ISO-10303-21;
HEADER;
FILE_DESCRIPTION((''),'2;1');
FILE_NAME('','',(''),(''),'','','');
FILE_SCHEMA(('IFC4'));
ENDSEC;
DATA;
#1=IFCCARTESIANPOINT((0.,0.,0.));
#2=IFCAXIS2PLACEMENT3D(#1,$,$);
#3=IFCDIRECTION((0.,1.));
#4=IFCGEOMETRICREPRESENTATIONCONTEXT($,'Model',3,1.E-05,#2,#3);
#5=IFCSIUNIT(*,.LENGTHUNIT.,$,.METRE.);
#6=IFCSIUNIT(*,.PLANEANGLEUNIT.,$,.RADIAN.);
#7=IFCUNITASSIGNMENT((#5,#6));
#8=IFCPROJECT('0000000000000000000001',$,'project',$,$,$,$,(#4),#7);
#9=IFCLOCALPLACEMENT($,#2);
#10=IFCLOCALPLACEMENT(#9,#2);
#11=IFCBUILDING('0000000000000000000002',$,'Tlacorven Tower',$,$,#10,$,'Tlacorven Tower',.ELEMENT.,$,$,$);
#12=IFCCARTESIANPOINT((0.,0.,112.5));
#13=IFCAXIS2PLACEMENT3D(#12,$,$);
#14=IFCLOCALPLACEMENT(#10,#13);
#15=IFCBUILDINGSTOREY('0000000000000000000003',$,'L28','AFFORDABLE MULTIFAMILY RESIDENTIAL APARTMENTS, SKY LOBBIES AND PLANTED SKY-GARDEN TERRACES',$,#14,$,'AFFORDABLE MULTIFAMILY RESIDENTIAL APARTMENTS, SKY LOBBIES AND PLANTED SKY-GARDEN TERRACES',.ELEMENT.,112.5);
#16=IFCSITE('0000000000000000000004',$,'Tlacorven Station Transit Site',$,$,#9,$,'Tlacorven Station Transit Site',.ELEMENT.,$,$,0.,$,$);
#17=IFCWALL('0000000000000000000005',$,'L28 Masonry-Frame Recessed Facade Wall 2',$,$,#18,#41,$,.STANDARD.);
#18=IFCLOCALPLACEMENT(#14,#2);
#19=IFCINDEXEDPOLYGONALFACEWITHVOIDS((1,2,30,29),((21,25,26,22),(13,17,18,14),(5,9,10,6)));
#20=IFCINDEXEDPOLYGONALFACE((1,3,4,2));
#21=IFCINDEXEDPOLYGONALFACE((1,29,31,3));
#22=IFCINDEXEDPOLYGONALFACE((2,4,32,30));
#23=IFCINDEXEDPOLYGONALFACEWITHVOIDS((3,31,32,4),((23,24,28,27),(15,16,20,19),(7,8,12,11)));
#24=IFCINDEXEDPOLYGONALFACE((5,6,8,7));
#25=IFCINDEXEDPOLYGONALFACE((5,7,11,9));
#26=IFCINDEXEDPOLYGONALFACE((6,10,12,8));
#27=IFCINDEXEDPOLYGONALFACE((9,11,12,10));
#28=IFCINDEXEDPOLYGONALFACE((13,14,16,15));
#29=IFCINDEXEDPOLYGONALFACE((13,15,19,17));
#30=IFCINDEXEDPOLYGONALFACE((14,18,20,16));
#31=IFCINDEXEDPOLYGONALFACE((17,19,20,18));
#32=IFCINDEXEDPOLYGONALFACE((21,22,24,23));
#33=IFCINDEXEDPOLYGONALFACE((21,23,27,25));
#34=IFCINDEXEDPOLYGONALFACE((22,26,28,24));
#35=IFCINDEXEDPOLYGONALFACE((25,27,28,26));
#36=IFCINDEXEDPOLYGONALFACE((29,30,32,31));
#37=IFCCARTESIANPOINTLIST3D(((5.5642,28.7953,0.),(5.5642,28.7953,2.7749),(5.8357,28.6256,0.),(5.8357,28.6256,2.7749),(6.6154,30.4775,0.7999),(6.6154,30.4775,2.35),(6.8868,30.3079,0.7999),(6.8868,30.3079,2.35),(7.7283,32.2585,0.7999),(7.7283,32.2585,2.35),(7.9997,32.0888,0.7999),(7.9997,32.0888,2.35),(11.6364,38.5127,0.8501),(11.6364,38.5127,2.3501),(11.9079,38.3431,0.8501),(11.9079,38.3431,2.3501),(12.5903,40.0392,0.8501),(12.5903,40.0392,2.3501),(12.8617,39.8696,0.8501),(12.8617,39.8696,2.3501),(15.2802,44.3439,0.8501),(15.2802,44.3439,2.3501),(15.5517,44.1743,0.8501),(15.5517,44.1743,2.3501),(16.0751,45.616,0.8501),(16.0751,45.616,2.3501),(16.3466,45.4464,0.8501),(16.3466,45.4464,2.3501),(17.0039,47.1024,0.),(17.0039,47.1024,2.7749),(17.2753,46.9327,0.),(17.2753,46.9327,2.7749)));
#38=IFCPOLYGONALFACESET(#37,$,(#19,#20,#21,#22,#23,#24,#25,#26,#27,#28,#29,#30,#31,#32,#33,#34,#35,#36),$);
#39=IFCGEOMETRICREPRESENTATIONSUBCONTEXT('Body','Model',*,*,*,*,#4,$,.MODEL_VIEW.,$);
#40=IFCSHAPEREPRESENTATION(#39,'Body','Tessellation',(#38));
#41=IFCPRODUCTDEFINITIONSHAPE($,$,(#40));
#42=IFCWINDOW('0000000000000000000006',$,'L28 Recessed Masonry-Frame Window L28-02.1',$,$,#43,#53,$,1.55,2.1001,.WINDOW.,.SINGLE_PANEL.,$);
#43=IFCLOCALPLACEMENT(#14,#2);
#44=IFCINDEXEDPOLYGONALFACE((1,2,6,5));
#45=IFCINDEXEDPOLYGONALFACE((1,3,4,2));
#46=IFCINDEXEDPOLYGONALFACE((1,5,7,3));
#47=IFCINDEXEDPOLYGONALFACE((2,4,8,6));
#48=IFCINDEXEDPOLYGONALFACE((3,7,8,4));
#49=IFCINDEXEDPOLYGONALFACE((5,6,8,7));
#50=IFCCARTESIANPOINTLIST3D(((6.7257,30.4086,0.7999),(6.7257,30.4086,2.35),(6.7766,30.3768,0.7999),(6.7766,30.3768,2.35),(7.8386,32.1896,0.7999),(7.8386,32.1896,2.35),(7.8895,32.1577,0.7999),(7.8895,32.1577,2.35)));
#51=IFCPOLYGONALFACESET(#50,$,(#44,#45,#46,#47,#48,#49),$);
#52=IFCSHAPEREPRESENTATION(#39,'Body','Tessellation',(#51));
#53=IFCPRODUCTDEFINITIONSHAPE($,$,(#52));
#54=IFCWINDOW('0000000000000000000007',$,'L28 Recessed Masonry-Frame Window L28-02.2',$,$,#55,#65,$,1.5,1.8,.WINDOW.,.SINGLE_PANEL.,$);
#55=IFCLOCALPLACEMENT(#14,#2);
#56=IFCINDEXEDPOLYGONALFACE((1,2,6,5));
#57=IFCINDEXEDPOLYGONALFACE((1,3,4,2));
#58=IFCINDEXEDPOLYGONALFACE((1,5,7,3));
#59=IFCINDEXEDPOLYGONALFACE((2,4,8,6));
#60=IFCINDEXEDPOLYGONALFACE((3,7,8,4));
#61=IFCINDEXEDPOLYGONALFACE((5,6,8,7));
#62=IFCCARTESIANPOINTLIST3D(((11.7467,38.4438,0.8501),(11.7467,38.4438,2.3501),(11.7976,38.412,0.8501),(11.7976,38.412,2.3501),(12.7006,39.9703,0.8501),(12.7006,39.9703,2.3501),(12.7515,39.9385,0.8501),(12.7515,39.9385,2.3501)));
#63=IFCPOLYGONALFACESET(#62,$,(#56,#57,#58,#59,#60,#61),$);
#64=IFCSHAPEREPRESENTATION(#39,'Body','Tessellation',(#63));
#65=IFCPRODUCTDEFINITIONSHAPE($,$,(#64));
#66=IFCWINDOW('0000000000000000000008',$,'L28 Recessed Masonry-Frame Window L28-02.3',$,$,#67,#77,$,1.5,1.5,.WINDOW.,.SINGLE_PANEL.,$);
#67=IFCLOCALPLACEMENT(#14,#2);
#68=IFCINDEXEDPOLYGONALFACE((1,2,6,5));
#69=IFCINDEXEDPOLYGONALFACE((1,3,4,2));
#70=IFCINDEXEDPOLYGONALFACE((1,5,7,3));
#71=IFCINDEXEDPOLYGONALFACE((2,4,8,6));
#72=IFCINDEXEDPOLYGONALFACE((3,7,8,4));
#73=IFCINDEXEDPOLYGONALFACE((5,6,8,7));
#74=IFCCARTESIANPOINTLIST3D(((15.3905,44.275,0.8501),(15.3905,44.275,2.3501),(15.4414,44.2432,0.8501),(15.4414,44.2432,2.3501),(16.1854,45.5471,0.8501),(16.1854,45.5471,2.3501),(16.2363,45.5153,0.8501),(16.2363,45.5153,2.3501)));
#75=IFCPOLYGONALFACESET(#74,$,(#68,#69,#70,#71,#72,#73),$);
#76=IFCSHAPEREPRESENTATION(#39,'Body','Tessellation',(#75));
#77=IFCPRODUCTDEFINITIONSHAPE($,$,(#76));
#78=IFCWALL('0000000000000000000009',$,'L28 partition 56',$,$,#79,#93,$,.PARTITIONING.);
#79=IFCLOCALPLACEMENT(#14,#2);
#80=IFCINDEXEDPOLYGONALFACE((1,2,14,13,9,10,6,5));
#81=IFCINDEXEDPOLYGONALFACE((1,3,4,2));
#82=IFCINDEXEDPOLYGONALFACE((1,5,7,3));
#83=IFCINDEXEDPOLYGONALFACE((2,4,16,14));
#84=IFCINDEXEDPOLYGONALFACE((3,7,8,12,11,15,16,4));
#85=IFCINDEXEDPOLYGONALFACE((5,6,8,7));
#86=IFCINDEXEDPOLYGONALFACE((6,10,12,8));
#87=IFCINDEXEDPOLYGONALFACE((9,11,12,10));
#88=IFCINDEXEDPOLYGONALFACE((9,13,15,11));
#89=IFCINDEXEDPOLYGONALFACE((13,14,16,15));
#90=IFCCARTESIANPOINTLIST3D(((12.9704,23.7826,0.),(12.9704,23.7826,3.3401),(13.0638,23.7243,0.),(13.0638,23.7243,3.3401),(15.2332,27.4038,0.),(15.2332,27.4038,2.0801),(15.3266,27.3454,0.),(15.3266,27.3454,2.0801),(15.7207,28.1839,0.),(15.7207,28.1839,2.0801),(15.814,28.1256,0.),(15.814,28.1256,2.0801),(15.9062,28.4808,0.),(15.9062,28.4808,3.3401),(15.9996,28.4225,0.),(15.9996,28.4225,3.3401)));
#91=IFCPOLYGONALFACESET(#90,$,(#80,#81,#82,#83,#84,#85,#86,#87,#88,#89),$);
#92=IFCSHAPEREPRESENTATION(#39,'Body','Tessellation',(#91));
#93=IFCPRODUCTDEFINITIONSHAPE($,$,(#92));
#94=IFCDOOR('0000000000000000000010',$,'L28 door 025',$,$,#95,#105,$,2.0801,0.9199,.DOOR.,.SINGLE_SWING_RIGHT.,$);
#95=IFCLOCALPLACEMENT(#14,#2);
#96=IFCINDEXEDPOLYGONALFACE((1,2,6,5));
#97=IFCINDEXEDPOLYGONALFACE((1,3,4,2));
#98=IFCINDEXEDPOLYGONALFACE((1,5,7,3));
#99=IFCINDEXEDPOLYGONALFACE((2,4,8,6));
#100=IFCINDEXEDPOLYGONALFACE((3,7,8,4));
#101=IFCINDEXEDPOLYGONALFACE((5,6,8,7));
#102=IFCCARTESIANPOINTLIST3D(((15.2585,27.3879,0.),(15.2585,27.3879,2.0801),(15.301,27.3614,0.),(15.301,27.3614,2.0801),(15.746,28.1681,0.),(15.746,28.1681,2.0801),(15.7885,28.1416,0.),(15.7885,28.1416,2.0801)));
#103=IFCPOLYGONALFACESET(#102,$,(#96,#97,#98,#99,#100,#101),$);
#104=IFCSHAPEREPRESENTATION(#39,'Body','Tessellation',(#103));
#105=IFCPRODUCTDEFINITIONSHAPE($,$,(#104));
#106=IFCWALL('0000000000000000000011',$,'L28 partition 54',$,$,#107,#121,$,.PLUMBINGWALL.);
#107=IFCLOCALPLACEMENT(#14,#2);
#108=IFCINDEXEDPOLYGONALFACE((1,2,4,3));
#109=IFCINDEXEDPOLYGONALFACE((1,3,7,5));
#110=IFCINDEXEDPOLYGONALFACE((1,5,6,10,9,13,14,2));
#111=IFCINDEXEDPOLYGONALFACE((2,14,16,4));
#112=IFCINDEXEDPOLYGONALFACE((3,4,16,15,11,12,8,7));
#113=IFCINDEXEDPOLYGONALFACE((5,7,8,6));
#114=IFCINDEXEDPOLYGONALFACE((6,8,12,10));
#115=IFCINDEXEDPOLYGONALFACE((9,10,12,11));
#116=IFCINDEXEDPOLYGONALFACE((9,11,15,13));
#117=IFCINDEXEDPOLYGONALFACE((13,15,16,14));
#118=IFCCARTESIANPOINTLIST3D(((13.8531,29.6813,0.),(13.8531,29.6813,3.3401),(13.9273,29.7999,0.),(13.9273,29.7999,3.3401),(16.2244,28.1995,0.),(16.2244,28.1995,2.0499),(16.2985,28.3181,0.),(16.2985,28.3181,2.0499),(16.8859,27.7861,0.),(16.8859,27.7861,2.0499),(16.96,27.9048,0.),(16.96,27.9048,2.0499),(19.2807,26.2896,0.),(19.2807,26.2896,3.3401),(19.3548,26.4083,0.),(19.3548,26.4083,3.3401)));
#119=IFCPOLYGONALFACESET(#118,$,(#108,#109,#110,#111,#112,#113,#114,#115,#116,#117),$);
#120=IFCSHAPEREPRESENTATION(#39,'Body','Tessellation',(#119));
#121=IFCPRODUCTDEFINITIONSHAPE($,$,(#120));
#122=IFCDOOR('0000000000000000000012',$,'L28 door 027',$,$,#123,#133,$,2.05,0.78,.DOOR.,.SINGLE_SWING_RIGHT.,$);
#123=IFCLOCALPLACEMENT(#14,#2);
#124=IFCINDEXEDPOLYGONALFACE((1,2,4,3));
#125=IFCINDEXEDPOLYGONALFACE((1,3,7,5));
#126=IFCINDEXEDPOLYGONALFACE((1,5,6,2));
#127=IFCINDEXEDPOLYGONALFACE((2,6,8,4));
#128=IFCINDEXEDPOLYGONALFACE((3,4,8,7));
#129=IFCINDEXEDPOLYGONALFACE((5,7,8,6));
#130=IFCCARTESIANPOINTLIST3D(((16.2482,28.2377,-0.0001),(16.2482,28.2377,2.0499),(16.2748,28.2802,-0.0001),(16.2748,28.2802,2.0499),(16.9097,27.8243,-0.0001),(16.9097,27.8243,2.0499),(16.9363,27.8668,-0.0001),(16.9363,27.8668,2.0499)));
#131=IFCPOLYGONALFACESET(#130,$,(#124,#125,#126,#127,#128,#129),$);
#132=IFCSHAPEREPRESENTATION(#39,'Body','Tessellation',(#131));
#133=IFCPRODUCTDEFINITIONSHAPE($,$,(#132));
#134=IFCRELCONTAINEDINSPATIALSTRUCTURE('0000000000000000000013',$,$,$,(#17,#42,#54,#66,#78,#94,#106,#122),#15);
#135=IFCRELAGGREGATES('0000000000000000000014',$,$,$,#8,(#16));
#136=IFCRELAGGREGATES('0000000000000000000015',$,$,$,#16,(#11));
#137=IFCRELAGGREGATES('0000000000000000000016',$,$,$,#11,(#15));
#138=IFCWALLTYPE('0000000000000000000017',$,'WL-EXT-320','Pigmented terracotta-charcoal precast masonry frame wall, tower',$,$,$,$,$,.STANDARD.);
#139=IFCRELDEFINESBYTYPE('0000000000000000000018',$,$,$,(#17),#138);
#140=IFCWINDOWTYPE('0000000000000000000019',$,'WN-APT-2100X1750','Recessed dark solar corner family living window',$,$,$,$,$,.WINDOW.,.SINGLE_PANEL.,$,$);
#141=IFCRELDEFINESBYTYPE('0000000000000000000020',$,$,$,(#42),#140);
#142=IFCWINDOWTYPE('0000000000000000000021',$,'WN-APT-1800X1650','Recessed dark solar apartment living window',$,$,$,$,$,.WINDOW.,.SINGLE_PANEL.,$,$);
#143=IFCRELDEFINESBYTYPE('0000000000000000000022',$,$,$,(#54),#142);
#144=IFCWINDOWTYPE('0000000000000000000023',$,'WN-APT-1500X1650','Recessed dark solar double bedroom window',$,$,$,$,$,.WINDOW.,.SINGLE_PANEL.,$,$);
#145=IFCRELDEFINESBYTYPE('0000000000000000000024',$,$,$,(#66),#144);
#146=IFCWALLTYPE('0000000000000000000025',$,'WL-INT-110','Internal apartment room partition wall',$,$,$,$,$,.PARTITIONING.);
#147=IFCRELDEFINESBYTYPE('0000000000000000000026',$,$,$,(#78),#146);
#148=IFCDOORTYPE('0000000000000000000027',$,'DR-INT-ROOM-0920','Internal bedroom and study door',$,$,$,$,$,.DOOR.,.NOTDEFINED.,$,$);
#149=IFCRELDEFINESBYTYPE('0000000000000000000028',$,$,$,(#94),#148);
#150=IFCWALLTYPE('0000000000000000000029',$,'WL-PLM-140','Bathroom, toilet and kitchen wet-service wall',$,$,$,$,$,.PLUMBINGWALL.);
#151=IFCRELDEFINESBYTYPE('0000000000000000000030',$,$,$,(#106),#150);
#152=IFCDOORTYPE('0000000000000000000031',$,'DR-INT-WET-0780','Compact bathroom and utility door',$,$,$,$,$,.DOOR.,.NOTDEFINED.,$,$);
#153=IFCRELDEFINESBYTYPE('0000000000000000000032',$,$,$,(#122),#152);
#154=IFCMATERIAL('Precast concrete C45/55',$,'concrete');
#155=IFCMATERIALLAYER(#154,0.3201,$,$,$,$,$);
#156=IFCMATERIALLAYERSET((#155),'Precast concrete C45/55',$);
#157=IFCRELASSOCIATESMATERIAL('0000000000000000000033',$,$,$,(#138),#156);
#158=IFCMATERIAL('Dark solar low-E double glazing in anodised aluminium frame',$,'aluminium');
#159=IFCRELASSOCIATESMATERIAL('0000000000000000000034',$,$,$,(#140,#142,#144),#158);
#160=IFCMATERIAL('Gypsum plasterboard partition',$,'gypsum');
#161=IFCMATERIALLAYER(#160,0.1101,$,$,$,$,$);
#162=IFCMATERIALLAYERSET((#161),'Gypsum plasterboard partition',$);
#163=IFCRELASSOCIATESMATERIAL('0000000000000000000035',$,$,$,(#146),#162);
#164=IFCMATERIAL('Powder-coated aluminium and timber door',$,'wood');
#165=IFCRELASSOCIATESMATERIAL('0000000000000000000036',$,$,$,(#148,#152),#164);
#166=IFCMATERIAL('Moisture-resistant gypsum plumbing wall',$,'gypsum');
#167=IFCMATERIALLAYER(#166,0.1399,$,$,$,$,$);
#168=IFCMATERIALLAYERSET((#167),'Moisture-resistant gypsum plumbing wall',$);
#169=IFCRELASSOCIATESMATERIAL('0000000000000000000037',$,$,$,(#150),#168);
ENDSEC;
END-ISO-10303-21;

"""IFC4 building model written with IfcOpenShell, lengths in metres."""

from ifc_helpers import new_model, si_unit, direction, frame, frame_2d, origin, place, context, subcontext, project, spatial, rectangle, extrude, source, transform, mapped, material, layer, layer_set, type_object, element, fill, save


model = new_model("IFC4")

# Units and contexts
model_context = context("Model", 3, precision=1e-05, world=origin(), true_north=direction((0.0, 1.0)))
body_context = subcontext(model_context, "Body", "Model", "MODEL_VIEW")
ifc_project = project(units=[si_unit("LENGTHUNIT", "METRE"), si_unit("PLANEANGLEUNIT", "RADIAN")], contexts=[model_context])

# Site, building, storey
site_placement = place(None, origin())
site = spatial("IfcSite", under=ifc_project, at=site_placement, Name="Tlacorven Station Transit Site", LongName="Tlacorven Station Transit Site", CompositionType="ELEMENT", RefElevation=0.0)
building_placement = place(site_placement, origin())
building = spatial("IfcBuilding", under=site, at=building_placement, Name="Tlacorven Tower", LongName="Tlacorven Tower", CompositionType="ELEMENT")
storey_placement = place(building_placement, frame((0.0, 0.0, 112.5)))
storey = spatial("IfcBuildingStorey", under=building, at=storey_placement, Name="L28", Description="AFFORDABLE MULTIFAMILY RESIDENTIAL APARTMENTS, SKY LOBBIES AND PLANTED SKY-GARDEN TERRACES", LongName="AFFORDABLE MULTIFAMILY RESIDENTIAL APARTMENTS, SKY LOBBIES AND PLANTED SKY-GARDEN TERRACES", CompositionType="ELEMENT", Elevation=112.5)

# Wall, openings, windows
ifc_material_1 = material(Name="Precast concrete C45/55", Category="concrete")
ifc_layer_1 = layer(ifc_material_1, 0.3201)
ifc_layer_set_1 = layer_set([ifc_layer_1], Name="Precast concrete C45/55")
wall_type_1 = type_object("IfcWallType", Name="WL-EXT-320", Description="Pigmented terracotta-charcoal precast masonry frame wall, tower", PredefinedType="STANDARD", material=ifc_layer_set_1)
wall_1_placement = place(storey_placement, frame((5.7, 28.7104, 0.0), z_axis=(0.0, 0.0, 1.0), x_axis=(0.529924, 0.848045, 0.0)))
wall_1 = element("IfcWall", 1, at=wall_1_placement, inside=storey, type_object=wall_type_1, Name="L28 Masonry-Frame Recessed Facade Wall 2", PredefinedType="STANDARD", context=body_context, shape_type="SweptSolid", body=[
    extrude(rectangle(XDim=21.5874, YDim=0.3201, at=frame_2d((10.7937, 0.0))), origin(), (0.0, 0.0, 1.0), 2.7749),
])
opening_1_placement = place(wall_1_placement, frame((1.9836, 0.0, 0.8)))
opening_1 = element("IfcOpeningElement", 2, at=opening_1_placement, cuts=wall_1, PredefinedType="OPENING", context=body_context, shape_type="SweptSolid", body=[
    extrude(rectangle(XDim=2.1001, YDim=1.55, at=frame_2d((1.05, 0.7749))), frame((0.0, 0.1699, 0.0), z_axis=(0.0, -1.0, 0.0), x_axis=(1.0, 0.0, 0.0)), (0.0, 0.0, 1.0), 0.3401),
])
opening_2_placement = place(wall_1_placement, frame((11.4587, 0.0, 0.8501)))
opening_2 = element("IfcOpeningElement", 3, at=opening_2_placement, cuts=wall_1, PredefinedType="OPENING", context=body_context, shape_type="SweptSolid", body=[
    extrude(rectangle(XDim=1.8, YDim=1.5, at=frame_2d((0.8999, 0.75))), frame((0.0, 0.1699, 0.0), z_axis=(0.0, -1.0, 0.0), x_axis=(1.0, 0.0, 0.0)), (0.0, 0.0, 1.0), 0.3401),
])
opening_3_placement = place(wall_1_placement, frame((18.3347, 0.0, 0.8501)))
opening_3 = element("IfcOpeningElement", 4, at=opening_3_placement, cuts=wall_1, PredefinedType="OPENING", context=body_context, shape_type="SweptSolid", body=[
    extrude(rectangle(XDim=1.5, YDim=1.5, at=frame_2d((0.75, 0.75))), frame((0.0, 0.1699, 0.0), z_axis=(0.0, -1.0, 0.0), x_axis=(1.0, 0.0, 0.0)), (0.0, 0.0, 1.0), 0.3401),
])
ifc_material_2 = material(Name="Dark solar low-E double glazing in anodised aluminium frame", Category="aluminium")
window_type_1 = type_object("IfcWindowType", Name="WN-APT-2100X1750", Description="Recessed dark solar corner family living window", PartitioningType="SINGLE_PANEL", PredefinedType="WINDOW", material=ifc_material_2)
shared_shape_1 = source(origin(), body_context, "Body", "SweptSolid", [
    extrude(rectangle(XDim=2.1001, YDim=1.55, at=frame_2d((1.05, 0.7749))), frame((0.0, 0.03, 0.0), z_axis=(0.0, -1.0, 0.0), x_axis=(1.0, 0.0, 0.0)), (0.0, 0.0, 1.0), 0.0601),
])
window_1_placement = place(opening_1_placement, origin())
window_1 = element("IfcWindow", 5, at=window_1_placement, inside=storey, type_object=window_type_1, Name="L28 Recessed Masonry-Frame Window L28-02.1", OverallHeight=1.55, OverallWidth=2.1001, PartitioningType="SINGLE_PANEL", PredefinedType="WINDOW", context=body_context, shape_type="MappedRepresentation", body=[
    mapped(shared_shape_1, transform((0.0, 0.0, 0.0), scale=1.0)),
])
fill(opening_1, window_1)
window_type_2 = type_object("IfcWindowType", Name="WN-APT-1800X1650", Description="Recessed dark solar apartment living window", PartitioningType="SINGLE_PANEL", PredefinedType="WINDOW", material=ifc_material_2)
shared_shape_2 = source(origin(), body_context, "Body", "SweptSolid", [
    extrude(rectangle(XDim=1.8, YDim=1.5, at=frame_2d((0.8999, 0.75))), frame((0.0, 0.03, 0.0), z_axis=(0.0, -1.0, 0.0), x_axis=(1.0, 0.0, 0.0)), (0.0, 0.0, 1.0), 0.0601),
])
window_2_placement = place(opening_2_placement, origin())
window_2 = element("IfcWindow", 6, at=window_2_placement, inside=storey, type_object=window_type_2, Name="L28 Recessed Masonry-Frame Window L28-02.2", OverallHeight=1.5, OverallWidth=1.8, PartitioningType="SINGLE_PANEL", PredefinedType="WINDOW", context=body_context, shape_type="MappedRepresentation", body=[
    mapped(shared_shape_2, transform((0.0, 0.0, 0.0), scale=1.0)),
])
fill(opening_2, window_2)
window_type_3 = type_object("IfcWindowType", Name="WN-APT-1500X1650", Description="Recessed dark solar double bedroom window", PartitioningType="SINGLE_PANEL", PredefinedType="WINDOW", material=ifc_material_2)
shared_shape_3 = source(origin(), body_context, "Body", "SweptSolid", [
    extrude(rectangle(XDim=1.5, YDim=1.5, at=frame_2d((0.75, 0.75))), frame((0.0, 0.03, 0.0), z_axis=(0.0, -1.0, 0.0), x_axis=(1.0, 0.0, 0.0)), (0.0, 0.0, 1.0), 0.0601),
])
window_3_placement = place(opening_3_placement, origin())
window_3 = element("IfcWindow", 7, at=window_3_placement, inside=storey, type_object=window_type_3, Name="L28 Recessed Masonry-Frame Window L28-02.3", OverallHeight=1.5, OverallWidth=1.5, PartitioningType="SINGLE_PANEL", PredefinedType="WINDOW", context=body_context, shape_type="MappedRepresentation", body=[
    mapped(shared_shape_3, transform((0.0, 0.0, 0.0), scale=1.0)),
])
fill(opening_3, window_3)

# Walls, openings, doors
ifc_material_3 = material(Name="Gypsum plasterboard partition", Category="gypsum")
ifc_layer_2 = layer(ifc_material_3, 0.1101)
ifc_layer_set_2 = layer_set([ifc_layer_2], Name="Gypsum plasterboard partition")
wall_type_2 = type_object("IfcWallType", Name="WL-INT-110", Description="Internal apartment room partition wall", PredefinedType="PARTITIONING", material=ifc_layer_set_2)
wall_2_placement = place(storey_placement, frame((15.9529, 28.4517, 0.0), z_axis=(0.0, 0.0, 1.0), x_axis=(-0.52992, -0.848048, 0.0)))
wall_2 = element("IfcWall", 8, at=wall_2_placement, inside=storey, type_object=wall_type_2, Name="L28 partition 56", PredefinedType="PARTITIONING", context=body_context, shape_type="SweptSolid", body=[
    extrude(rectangle(XDim=5.54, YDim=0.1101, at=frame_2d((2.77, 0.0))), origin(), (0.0, 0.0, 1.0), 3.3401),
])
opening_4_placement = place(wall_2_placement, frame((0.3501, 0.0, 0.0)))
opening_4 = element("IfcOpeningElement", 9, at=opening_4_placement, cuts=wall_2, PredefinedType="OPENING", context=body_context, shape_type="SweptSolid", body=[
    extrude(rectangle(XDim=0.9199, YDim=2.0801, at=frame_2d((0.46, 1.04))), frame((0.0, 0.0649, 0.0), z_axis=(0.0, -1.0, 0.0), x_axis=(1.0, 0.0, 0.0)), (0.0, 0.0, 1.0), 0.1301),
])
ifc_material_4 = material(Name="Powder-coated aluminium and timber door", Category="wood")
door_type_1 = type_object("IfcDoorType", Name="DR-INT-ROOM-0920", Description="Internal bedroom and study door", OperationType="NOTDEFINED", PredefinedType="DOOR", material=ifc_material_4)
shared_shape_4 = source(origin(), body_context, "Body", "SweptSolid", [
    extrude(rectangle(XDim=0.9199, YDim=2.0801, at=frame_2d((0.46, 1.04))), frame((0.0, 0.0249, 0.0), z_axis=(0.0, -1.0, 0.0), x_axis=(1.0, 0.0, 0.0)), (0.0, 0.0, 1.0), 0.05),
])
door_1_placement = place(opening_4_placement, origin())
door_1 = element("IfcDoor", 10, at=door_1_placement, inside=storey, type_object=door_type_1, Name="L28 door 025", OperationType="SINGLE_SWING_RIGHT", OverallHeight=2.0801, OverallWidth=0.9199, PredefinedType="DOOR", context=body_context, shape_type="MappedRepresentation", body=[
    mapped(shared_shape_4, transform((0.0, 0.0, 0.0), scale=1.0)),
])
fill(opening_4, door_1)
ifc_material_5 = material(Name="Moisture-resistant gypsum plumbing wall", Category="gypsum")
ifc_layer_3 = layer(ifc_material_5, 0.1399)
ifc_layer_set_3 = layer_set([ifc_layer_3], Name="Moisture-resistant gypsum plumbing wall")
wall_type_3 = type_object("IfcWallType", Name="WL-PLM-140", Description="Bathroom, toilet and kitchen wet-service wall", PredefinedType="PLUMBINGWALL", material=ifc_layer_set_3)
wall_3_placement = place(storey_placement, frame((19.3179, 26.3489, 0.0), z_axis=(0.0, 0.0, 1.0), x_axis=(-0.848039, 0.529934, 0.0)))
wall_3 = element("IfcWall", 11, at=wall_3_placement, inside=storey, type_object=wall_type_3, Name="L28 partition 54", PredefinedType="PLUMBINGWALL", context=body_context, shape_type="SweptSolid", body=[
    extrude(rectangle(XDim=6.4001, YDim=0.1399, at=frame_2d((3.2002, 0.0))), origin(), (0.0, 0.0, 1.0), 3.3401),
])
opening_5_placement = place(wall_3_placement, frame((2.824, 0.0, 0.0)))
opening_5 = element("IfcOpeningElement", 12, at=opening_5_placement, cuts=wall_3, PredefinedType="OPENING", context=body_context, shape_type="SweptSolid", body=[
    extrude(rectangle(XDim=0.78, YDim=2.05, at=frame_2d((0.3901, 1.0249))), frame((0.0, 0.0801, 0.0), z_axis=(0.0, -1.0, 0.0), x_axis=(1.0, 0.0, 0.0)), (0.0, 0.0, 1.0), 0.1599),
])
door_type_2 = type_object("IfcDoorType", Name="DR-INT-WET-0780", Description="Compact bathroom and utility door", OperationType="NOTDEFINED", PredefinedType="DOOR", material=ifc_material_4)
shared_shape_5 = source(origin(), body_context, "Body", "SweptSolid", [
    extrude(rectangle(XDim=0.78, YDim=2.05, at=frame_2d((0.3901, 1.0249))), frame((0.0, 0.0249, 0.0), z_axis=(0.0, -1.0, 0.0), x_axis=(1.0, 0.0, 0.0)), (0.0, 0.0, 1.0), 0.05),
])
door_2_placement = place(opening_5_placement, origin())
door_2 = element("IfcDoor", 13, at=door_2_placement, inside=storey, type_object=door_type_2, Name="L28 door 027", OperationType="SINGLE_SWING_RIGHT", OverallHeight=2.05, OverallWidth=0.78, PredefinedType="DOOR", context=body_context, shape_type="MappedRepresentation", body=[
    mapped(shared_shape_5, transform((0.0, 0.0, 0.0), scale=1.0)),
])
fill(opening_5, door_2)

save(model, "model.ifc")
